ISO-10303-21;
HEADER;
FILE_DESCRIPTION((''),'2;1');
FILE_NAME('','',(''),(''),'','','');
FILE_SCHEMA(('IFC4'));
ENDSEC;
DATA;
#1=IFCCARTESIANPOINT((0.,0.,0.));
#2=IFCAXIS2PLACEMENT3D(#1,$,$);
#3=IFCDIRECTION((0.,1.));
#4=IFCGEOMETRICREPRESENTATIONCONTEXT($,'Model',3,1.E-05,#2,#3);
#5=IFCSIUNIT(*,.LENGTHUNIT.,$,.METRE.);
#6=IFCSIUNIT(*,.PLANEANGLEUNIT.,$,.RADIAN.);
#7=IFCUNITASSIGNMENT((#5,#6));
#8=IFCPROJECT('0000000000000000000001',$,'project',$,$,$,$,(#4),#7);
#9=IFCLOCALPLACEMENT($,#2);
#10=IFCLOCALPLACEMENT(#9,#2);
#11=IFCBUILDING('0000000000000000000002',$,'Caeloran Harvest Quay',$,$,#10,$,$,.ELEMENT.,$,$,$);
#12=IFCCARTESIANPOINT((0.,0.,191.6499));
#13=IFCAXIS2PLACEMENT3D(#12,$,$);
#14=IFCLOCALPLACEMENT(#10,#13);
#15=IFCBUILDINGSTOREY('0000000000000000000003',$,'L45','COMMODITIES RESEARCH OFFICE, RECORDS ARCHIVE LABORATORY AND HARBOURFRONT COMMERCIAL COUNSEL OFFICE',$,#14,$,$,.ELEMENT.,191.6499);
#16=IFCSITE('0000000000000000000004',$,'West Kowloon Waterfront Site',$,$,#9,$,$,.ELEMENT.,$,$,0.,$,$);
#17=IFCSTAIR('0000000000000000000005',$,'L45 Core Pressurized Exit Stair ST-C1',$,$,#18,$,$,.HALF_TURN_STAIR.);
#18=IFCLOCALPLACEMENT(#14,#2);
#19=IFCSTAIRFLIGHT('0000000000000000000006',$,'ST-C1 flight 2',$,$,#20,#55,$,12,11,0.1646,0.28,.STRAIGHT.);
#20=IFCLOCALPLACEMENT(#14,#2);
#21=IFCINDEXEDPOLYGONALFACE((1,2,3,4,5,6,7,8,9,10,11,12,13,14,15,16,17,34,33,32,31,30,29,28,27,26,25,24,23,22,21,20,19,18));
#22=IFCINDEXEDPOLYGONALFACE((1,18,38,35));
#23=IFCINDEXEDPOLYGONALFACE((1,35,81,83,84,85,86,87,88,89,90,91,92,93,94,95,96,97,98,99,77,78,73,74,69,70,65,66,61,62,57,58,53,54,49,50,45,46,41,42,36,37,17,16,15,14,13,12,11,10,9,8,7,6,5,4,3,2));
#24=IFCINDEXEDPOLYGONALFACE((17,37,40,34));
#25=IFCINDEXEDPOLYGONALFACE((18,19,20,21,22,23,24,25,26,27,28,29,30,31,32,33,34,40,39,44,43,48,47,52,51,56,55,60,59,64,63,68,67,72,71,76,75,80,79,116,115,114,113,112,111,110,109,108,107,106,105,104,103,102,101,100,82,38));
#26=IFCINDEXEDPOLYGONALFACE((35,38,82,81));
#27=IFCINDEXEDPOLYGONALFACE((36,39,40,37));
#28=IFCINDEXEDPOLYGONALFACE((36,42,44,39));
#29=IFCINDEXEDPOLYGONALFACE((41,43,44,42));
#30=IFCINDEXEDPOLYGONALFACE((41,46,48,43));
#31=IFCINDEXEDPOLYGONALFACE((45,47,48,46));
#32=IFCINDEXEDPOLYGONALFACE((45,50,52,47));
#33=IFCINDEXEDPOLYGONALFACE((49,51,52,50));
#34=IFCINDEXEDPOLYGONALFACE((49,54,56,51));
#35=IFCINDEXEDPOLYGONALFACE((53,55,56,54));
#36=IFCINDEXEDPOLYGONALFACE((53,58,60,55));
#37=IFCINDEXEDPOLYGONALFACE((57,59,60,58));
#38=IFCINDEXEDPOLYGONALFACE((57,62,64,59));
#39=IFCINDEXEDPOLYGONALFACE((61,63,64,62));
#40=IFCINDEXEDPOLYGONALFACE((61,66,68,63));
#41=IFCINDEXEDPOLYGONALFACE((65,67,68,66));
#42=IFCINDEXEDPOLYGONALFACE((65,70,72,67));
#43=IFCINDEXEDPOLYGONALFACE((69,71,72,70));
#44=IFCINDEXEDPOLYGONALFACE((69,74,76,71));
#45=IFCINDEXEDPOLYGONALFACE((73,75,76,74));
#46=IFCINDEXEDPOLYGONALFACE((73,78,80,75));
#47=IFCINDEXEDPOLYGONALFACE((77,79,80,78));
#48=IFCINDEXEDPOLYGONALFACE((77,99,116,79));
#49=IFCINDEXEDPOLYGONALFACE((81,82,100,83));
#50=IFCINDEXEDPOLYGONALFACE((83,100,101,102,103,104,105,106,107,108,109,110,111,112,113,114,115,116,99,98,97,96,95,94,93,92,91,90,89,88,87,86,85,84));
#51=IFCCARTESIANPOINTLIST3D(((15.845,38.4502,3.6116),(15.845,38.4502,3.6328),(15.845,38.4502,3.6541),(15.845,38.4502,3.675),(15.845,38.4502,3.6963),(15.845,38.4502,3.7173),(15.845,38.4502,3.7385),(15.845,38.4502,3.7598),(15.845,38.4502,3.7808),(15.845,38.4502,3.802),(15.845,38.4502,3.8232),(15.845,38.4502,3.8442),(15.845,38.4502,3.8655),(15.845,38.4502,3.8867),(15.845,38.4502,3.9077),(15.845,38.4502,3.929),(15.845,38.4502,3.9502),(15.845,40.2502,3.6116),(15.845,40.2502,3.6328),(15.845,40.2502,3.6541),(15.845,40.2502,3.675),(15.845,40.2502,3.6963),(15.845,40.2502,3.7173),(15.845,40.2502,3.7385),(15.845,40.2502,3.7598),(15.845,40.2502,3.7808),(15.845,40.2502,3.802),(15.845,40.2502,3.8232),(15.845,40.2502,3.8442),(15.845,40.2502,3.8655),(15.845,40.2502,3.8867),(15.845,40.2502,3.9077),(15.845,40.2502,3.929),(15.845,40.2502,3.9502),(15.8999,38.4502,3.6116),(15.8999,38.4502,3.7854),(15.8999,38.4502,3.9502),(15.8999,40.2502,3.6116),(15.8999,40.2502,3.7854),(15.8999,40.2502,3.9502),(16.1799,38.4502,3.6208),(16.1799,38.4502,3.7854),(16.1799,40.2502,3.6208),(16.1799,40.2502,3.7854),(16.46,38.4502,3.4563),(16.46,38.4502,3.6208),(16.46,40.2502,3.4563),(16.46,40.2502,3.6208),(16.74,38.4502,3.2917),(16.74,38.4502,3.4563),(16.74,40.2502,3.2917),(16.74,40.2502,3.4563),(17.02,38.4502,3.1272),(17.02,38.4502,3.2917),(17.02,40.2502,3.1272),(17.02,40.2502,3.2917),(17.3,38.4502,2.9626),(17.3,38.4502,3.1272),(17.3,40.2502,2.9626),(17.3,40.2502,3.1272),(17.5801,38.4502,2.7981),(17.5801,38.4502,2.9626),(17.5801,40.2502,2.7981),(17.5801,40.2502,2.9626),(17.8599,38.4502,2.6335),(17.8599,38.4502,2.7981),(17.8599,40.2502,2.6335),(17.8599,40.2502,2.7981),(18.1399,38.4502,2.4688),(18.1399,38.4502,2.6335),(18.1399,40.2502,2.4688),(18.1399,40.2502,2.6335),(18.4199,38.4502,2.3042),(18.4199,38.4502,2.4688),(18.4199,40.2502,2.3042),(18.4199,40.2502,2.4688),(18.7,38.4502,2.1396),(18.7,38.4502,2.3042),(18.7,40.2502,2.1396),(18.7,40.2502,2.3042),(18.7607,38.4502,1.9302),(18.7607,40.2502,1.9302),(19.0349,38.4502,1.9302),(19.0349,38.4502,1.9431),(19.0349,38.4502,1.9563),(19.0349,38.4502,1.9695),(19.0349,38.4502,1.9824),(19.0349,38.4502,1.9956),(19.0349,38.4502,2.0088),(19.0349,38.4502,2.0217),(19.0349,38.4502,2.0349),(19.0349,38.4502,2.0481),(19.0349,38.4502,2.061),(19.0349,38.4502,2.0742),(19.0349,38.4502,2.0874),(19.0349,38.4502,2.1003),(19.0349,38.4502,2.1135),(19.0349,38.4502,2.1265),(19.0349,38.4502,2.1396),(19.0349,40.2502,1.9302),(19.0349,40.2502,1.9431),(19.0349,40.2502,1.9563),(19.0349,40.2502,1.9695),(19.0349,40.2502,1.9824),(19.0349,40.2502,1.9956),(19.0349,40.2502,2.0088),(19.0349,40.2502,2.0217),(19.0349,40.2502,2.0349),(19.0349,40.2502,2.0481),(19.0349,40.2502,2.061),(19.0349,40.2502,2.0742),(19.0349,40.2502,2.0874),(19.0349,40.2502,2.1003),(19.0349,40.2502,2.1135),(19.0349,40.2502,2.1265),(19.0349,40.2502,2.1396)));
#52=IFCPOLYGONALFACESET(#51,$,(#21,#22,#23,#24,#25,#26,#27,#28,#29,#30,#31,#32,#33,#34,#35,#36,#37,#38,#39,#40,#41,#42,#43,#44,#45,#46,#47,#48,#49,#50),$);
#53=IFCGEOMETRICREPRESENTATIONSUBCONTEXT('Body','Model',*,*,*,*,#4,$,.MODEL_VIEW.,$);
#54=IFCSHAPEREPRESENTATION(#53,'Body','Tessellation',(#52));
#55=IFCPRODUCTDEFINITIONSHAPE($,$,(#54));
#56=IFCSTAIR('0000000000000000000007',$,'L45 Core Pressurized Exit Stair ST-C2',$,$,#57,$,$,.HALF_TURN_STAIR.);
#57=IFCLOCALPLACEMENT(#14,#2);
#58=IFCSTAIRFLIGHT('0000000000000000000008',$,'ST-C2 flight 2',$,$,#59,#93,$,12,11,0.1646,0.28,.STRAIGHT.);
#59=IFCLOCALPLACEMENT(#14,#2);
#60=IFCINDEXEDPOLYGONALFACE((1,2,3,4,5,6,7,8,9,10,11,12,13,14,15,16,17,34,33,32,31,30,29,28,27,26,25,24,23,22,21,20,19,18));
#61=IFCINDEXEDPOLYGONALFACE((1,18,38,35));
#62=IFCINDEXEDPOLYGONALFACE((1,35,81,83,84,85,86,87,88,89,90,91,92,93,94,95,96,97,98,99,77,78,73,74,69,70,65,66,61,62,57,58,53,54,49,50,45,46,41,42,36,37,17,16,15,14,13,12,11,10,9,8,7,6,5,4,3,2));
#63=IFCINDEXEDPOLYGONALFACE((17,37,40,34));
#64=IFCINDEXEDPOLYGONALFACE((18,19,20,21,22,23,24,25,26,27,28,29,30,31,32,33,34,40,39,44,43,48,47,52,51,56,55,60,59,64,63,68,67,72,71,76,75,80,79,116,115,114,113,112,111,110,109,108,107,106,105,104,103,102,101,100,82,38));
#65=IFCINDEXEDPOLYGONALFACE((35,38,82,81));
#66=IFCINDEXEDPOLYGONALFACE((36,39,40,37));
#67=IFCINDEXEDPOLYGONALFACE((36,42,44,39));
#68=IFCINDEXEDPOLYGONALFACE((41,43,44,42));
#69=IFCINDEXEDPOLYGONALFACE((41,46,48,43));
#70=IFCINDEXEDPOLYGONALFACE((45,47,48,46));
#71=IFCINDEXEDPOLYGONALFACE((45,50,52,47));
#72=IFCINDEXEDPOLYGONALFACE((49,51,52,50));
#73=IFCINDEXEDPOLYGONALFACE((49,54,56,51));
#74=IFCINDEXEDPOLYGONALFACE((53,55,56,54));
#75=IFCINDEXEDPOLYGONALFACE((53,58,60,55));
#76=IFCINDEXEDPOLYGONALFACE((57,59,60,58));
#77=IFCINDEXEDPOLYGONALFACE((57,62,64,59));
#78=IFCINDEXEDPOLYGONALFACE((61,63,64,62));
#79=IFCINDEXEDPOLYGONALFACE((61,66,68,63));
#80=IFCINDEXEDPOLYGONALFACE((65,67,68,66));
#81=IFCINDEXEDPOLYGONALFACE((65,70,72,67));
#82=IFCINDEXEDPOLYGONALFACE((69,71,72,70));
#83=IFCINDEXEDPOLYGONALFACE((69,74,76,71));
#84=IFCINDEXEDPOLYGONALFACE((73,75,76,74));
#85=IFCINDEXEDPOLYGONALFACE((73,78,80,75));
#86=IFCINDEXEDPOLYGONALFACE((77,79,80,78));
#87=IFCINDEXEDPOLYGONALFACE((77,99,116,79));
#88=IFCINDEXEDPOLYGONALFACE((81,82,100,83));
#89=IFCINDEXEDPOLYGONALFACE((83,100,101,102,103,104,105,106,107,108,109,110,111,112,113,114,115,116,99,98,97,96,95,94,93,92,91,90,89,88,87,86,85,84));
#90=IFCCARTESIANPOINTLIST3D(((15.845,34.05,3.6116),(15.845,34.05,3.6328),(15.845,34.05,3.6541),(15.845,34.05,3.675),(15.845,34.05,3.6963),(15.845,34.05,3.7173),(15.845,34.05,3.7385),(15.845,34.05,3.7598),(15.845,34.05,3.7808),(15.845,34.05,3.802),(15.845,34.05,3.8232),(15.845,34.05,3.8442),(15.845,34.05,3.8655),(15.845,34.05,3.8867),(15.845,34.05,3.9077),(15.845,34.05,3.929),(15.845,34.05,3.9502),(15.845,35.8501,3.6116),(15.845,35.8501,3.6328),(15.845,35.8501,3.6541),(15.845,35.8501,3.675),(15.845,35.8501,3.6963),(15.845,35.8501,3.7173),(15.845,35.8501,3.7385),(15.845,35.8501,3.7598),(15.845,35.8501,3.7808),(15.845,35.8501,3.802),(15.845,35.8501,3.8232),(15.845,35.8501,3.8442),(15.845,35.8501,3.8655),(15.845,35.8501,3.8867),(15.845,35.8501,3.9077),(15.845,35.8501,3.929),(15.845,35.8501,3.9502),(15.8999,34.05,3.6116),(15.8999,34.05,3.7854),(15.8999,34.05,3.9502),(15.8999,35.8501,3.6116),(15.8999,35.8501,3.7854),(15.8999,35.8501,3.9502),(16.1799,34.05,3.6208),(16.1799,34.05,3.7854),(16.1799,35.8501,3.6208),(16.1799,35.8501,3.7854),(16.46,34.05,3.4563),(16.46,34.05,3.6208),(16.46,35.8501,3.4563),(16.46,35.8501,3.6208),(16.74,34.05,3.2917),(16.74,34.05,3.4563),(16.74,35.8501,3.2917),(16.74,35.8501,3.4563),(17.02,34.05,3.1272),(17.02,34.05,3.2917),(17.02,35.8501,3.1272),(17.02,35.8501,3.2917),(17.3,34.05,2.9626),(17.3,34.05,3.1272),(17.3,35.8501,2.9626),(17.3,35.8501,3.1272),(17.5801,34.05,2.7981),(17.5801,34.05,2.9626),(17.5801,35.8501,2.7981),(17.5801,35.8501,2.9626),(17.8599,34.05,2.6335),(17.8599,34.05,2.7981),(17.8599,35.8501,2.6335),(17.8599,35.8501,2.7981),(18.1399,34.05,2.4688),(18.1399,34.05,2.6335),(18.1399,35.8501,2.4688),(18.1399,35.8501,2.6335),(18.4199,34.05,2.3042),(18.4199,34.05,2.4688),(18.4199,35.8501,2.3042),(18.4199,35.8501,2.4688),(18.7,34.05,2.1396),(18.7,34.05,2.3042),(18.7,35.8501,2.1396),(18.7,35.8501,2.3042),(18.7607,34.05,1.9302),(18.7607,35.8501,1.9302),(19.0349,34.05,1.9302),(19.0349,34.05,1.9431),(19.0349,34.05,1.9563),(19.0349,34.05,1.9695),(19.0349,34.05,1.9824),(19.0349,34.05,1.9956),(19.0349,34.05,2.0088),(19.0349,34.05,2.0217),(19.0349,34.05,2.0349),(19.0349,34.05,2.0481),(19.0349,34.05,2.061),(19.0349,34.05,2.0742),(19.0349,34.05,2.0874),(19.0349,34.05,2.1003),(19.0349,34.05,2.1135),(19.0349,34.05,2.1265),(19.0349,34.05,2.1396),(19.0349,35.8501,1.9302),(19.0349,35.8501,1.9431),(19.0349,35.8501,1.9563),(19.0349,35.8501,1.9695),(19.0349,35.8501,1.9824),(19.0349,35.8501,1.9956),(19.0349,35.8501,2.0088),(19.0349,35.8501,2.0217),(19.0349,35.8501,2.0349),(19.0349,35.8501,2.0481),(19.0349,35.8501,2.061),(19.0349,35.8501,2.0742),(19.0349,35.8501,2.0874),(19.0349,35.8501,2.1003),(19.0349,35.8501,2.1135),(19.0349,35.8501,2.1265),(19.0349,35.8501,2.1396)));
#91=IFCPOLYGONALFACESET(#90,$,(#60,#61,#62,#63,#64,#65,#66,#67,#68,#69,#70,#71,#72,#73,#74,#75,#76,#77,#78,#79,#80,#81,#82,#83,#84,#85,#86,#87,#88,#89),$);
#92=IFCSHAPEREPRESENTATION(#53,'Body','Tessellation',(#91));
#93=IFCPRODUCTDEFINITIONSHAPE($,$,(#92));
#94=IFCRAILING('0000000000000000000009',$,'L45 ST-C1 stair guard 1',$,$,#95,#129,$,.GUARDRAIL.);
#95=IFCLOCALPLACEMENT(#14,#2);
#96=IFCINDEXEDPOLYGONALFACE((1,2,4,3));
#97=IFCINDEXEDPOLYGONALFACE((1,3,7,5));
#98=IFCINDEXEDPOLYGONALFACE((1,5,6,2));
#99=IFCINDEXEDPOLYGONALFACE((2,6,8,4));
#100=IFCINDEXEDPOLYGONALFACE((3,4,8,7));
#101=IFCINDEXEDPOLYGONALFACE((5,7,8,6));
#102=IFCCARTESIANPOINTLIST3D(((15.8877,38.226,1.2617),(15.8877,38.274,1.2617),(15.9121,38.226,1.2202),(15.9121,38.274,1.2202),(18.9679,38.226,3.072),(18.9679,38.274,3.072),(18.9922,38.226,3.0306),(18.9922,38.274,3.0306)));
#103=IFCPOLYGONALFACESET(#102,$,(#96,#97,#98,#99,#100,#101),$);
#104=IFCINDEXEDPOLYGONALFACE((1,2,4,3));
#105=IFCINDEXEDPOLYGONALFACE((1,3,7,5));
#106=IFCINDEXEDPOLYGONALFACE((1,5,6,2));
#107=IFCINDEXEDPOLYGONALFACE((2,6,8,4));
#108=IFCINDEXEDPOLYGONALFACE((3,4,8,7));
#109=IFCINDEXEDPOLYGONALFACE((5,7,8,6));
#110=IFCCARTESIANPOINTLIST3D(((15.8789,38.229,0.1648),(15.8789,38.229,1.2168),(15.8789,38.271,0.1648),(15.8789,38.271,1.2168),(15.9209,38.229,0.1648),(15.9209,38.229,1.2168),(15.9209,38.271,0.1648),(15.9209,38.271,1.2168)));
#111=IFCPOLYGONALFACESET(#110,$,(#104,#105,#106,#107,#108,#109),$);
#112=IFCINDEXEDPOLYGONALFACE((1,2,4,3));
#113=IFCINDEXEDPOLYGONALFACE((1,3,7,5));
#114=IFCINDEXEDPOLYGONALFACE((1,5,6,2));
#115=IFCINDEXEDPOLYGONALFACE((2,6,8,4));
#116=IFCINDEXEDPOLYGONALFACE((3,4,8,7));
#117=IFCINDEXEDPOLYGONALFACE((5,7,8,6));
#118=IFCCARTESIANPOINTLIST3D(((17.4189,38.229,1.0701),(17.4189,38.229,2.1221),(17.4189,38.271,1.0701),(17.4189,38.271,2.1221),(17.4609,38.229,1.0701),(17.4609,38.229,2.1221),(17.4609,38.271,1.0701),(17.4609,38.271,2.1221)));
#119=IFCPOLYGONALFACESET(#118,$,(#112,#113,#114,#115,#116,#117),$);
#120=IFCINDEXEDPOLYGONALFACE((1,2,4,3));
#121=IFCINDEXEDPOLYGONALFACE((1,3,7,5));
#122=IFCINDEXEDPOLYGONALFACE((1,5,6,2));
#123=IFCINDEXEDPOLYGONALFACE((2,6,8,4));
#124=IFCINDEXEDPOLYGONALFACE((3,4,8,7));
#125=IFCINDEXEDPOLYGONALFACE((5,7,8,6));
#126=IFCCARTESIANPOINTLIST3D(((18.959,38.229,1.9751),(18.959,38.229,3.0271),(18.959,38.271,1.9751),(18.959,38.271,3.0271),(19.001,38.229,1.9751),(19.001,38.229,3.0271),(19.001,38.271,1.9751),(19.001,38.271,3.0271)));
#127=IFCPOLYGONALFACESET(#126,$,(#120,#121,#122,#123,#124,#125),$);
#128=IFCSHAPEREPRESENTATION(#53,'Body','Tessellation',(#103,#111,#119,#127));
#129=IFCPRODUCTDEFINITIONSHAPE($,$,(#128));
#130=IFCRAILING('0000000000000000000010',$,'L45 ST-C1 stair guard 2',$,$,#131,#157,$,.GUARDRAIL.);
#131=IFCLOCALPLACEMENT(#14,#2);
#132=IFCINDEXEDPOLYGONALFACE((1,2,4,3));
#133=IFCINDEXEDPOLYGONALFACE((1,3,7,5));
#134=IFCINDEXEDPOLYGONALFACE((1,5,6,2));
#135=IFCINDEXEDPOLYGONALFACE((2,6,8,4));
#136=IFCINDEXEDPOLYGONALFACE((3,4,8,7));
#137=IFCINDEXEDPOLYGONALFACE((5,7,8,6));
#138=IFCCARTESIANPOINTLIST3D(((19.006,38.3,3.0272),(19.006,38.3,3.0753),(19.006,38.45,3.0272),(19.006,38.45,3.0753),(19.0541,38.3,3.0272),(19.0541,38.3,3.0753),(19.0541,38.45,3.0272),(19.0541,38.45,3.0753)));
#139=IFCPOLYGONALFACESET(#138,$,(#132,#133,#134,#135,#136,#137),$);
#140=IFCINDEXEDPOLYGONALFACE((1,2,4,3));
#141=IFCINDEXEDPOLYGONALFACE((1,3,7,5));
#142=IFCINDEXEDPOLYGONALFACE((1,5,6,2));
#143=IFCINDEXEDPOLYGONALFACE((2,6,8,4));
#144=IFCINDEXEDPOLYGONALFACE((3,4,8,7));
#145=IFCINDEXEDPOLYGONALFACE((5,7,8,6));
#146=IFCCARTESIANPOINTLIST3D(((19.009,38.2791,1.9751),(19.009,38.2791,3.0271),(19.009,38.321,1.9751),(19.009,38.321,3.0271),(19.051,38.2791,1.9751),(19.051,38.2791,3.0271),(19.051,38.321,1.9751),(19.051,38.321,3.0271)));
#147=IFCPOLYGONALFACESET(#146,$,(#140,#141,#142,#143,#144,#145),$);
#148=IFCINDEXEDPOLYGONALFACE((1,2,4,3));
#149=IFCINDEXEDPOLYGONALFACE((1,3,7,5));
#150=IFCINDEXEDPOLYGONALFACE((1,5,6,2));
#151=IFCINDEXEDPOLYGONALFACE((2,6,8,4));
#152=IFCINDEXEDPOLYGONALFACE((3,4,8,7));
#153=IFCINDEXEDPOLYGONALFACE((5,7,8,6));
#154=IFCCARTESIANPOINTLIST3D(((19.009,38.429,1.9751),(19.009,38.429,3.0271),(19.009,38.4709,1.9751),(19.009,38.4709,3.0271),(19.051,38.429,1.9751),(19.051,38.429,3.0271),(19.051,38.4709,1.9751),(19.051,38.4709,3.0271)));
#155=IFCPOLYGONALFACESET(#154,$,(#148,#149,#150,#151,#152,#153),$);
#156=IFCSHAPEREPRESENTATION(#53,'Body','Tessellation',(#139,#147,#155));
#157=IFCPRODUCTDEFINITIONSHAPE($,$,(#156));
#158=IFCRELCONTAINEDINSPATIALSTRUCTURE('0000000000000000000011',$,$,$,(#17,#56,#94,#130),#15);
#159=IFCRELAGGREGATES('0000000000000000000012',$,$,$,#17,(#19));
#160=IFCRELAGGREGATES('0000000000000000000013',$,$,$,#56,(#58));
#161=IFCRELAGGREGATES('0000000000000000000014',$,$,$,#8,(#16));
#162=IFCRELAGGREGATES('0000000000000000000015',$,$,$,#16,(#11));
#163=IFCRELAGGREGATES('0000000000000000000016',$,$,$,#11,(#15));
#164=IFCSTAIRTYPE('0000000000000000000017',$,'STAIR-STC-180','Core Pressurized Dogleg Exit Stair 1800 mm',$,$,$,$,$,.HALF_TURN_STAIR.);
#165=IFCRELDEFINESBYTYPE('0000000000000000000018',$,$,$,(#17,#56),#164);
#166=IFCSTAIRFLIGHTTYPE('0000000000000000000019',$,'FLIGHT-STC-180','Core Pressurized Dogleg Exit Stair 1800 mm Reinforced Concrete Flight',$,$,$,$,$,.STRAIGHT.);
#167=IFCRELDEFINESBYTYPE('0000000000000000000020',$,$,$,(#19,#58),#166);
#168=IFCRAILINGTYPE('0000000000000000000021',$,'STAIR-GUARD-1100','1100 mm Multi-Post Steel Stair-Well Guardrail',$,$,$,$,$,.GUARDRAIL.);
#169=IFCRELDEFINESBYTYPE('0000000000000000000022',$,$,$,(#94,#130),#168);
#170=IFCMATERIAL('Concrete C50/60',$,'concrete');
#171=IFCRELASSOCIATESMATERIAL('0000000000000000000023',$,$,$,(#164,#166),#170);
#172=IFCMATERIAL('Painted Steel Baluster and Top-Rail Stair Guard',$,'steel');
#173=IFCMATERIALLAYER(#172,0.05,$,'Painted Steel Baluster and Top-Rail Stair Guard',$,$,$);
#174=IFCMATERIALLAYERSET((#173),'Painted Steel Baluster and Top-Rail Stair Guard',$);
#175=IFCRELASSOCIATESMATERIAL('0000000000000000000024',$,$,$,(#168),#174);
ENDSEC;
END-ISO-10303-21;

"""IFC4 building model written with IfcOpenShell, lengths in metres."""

from ifc_helpers import new_model, si_unit, direction, frame, origin, origin_2d, place, context, subcontext, project, spatial, polyline, rectangle, outline, extrude, material, layer, layer_set, type_object, element, aggregate, save


model = new_model("IFC4")

# Units and contexts
model_context = context("Model", 3, precision=1e-05, world=origin(), true_north=direction((0.0, 1.0)))
body_context = subcontext(model_context, "Body", "Model", "MODEL_VIEW")
ifc_project = project(units=[si_unit("LENGTHUNIT", "METRE"), si_unit("PLANEANGLEUNIT", "RADIAN")], contexts=[model_context])

# Site, building, storey
site_placement = place(None, origin())
site = spatial("IfcSite", under=ifc_project, at=site_placement, Name="West Kowloon Waterfront Site", CompositionType="ELEMENT", RefElevation=0.0)
building_placement = place(site_placement, origin())
building = spatial("IfcBuilding", under=site, at=building_placement, Name="Caeloran Harvest Quay", CompositionType="ELEMENT")
storey_placement = place(building_placement, frame((0.0, 0.0, 191.6499)))
storey = spatial("IfcBuildingStorey", under=building, at=storey_placement, Name="L45", Description="COMMODITIES RESEARCH OFFICE, RECORDS ARCHIVE LABORATORY AND HARBOURFRONT COMMERCIAL COUNSEL OFFICE", CompositionType="ELEMENT", Elevation=191.6499)

# Shared definitions
ifc_material_1 = material(Name="Concrete C50/60", Category="concrete")

# Stair, stair flight
stair_type = type_object("IfcStairType", Name="STAIR-STC-180", Description="Core Pressurized Dogleg Exit Stair 1800 mm", PredefinedType="HALF_TURN_STAIR", material=ifc_material_1)
stair_1_placement = place(storey_placement, origin())
stair_1 = element("IfcStair", 1, at=stair_1_placement, inside=storey, type_object=stair_type, Name="L45 Core Pressurized Exit Stair ST-C1", PredefinedType="HALF_TURN_STAIR")
stair_flight_type = type_object("IfcStairFlightType", Name="FLIGHT-STC-180", Description="Core Pressurized Dogleg Exit Stair 1800 mm Reinforced Concrete Flight", PredefinedType="STRAIGHT", material=ifc_material_1)
stair_flight_1_placement = place(storey_placement, frame((18.98, 39.3501, 1.9751), z_axis=(0.0, 0.0, 1.0), x_axis=(-1.0, 0.0, 0.0)))
stair_flight_1 = element("IfcStairFlight", 2, at=stair_flight_1_placement, type_object=stair_flight_type, Name="ST-C1 flight 2", NumberOfRisers=12, NumberOfTreads=11, PredefinedType="STRAIGHT", RiserHeight=0.1646, TreadLength=0.28, context=body_context, shape_type="SweptSolid", body=[
    extrude(outline(polyline([(-0.0549, -0.0449), (-0.0549, -0.032), (-0.0549, -0.0188), (-0.0549, -0.0056), (-0.0549, 0.0073), (-0.0549, 0.0205), (-0.0549, 0.0337), (-0.0549, 0.0466), (-0.0549, 0.0598), (-0.0549, 0.073), (-0.0549, 0.0859), (-0.0549, 0.0991), (-0.0549, 0.1123), (-0.0549, 0.1252), (-0.0549, 0.1384), (-0.0549, 0.1514), (-0.0549, 0.1646), (0.28, 0.1646), (0.28, 0.3291), (0.5601, 0.3291), (0.5601, 0.4937), (0.8401, 0.4937), (0.8401, 0.6584), (1.1201, 0.6584), (1.1201, 0.823), (1.3999, 0.823), (1.3999, 0.9875), (1.6799, 0.9875), (1.6799, 1.1521), (1.96, 1.1521), (1.96, 1.3167), (2.24, 1.3167), (2.24, 1.4812), (2.52, 1.4812), (2.52, 1.6458), (2.8, 1.6458), (2.8, 1.8103), (3.0801, 1.8103), (3.0801, 1.9751), (3.135, 1.9751), (3.135, 1.9539), (3.135, 1.9326), (3.135, 1.9116), (3.135, 1.8904), (3.135, 1.8691), (3.135, 1.8481), (3.135, 1.8269), (3.135, 1.8057), (3.135, 1.7847), (3.135, 1.7634), (3.135, 1.7422), (3.135, 1.7212), (3.135, 1.7), (3.135, 1.679), (3.135, 1.6577), (3.135, 1.6365), (3.0801, 1.6365), (0.2192, -0.0449), (-0.0549, -0.0449)])), frame((0.0, 0.8999, 0.0), z_axis=(0.0, -1.0, 0.0), x_axis=(1.0, 0.0, 0.0)), (0.0, 0.0, 1.0), 1.8),
])
aggregate(stair_1, [stair_flight_1])

# Stair, stair flight
stair_2_placement = place(storey_placement, origin())
stair_2 = element("IfcStair", 3, at=stair_2_placement, inside=storey, type_object=stair_type, Name="L45 Core Pressurized Exit Stair ST-C2", PredefinedType="HALF_TURN_STAIR")
stair_flight_2_placement = place(storey_placement, frame((18.98, 34.95, 1.9751), z_axis=(0.0, 0.0, 1.0), x_axis=(-1.0, 0.0, 0.0)))
stair_flight_2 = element("IfcStairFlight", 4, at=stair_flight_2_placement, type_object=stair_flight_type, Name="ST-C2 flight 2", NumberOfRisers=12, NumberOfTreads=11, PredefinedType="STRAIGHT", RiserHeight=0.1646, TreadLength=0.28, context=body_context, shape_type="SweptSolid", body=[
    extrude(outline(polyline([(-0.0549, -0.0449), (-0.0549, -0.032), (-0.0549, -0.0188), (-0.0549, -0.0056), (-0.0549, 0.0073), (-0.0549, 0.0205), (-0.0549, 0.0337), (-0.0549, 0.0466), (-0.0549, 0.0598), (-0.0549, 0.073), (-0.0549, 0.0859), (-0.0549, 0.0991), (-0.0549, 0.1123), (-0.0549, 0.1252), (-0.0549, 0.1384), (-0.0549, 0.1514), (-0.0549, 0.1646), (0.28, 0.1646), (0.28, 0.3291), (0.5601, 0.3291), (0.5601, 0.4937), (0.8401, 0.4937), (0.8401, 0.6584), (1.1201, 0.6584), (1.1201, 0.823), (1.3999, 0.823), (1.3999, 0.9875), (1.6799, 0.9875), (1.6799, 1.1521), (1.96, 1.1521), (1.96, 1.3167), (2.24, 1.3167), (2.24, 1.4812), (2.52, 1.4812), (2.52, 1.6458), (2.8, 1.6458), (2.8, 1.8103), (3.0801, 1.8103), (3.0801, 1.9751), (3.135, 1.9751), (3.135, 1.9539), (3.135, 1.9326), (3.135, 1.9116), (3.135, 1.8904), (3.135, 1.8691), (3.135, 1.8481), (3.135, 1.8269), (3.135, 1.8057), (3.135, 1.7847), (3.135, 1.7634), (3.135, 1.7422), (3.135, 1.7212), (3.135, 1.7), (3.135, 1.679), (3.135, 1.6577), (3.135, 1.6365), (3.0801, 1.6365), (0.2192, -0.0449), (-0.0549, -0.0449)])), frame((0.0, 0.8999, 0.0), z_axis=(0.0, -1.0, 0.0), x_axis=(1.0, 0.0, 0.0)), (0.0, 0.0, 1.0), 1.8),
])
aggregate(stair_2, [stair_flight_2])

# Railings
ifc_material_2 = material(Name="Painted Steel Baluster and Top-Rail Stair Guard", Category="steel")
ifc_layer_1 = layer(ifc_material_2, 0.05, Name="Painted Steel Baluster and Top-Rail Stair Guard")
ifc_layer_set_1 = layer_set([ifc_layer_1], Name="Painted Steel Baluster and Top-Rail Stair Guard")
railing_type_1 = type_object("IfcRailingType", Name="STAIR-GUARD-1100", Description="1100 mm Multi-Post Steel Stair-Well Guardrail", PredefinedType="GUARDRAIL", material=ifc_layer_set_1)
railing_1_placement = place(storey_placement, frame((15.8999, 38.25, 0.1648)))
element("IfcRailing", 5, at=railing_1_placement, inside=storey, type_object=railing_type_1, Name="L45 ST-C1 stair guard 1", PredefinedType="GUARDRAIL", context=body_context, shape_type="SweptSolid", body=[
    extrude(rectangle(XDim=0.0481, YDim=0.0481, at=origin_2d()), frame((0.0, 0.0, 1.0762), z_axis=(0.862119, 0.0, 0.506707), x_axis=(0.0, 1.0, 0.0)), (0.0, 0.0, 1.0), 3.5728),
    extrude(rectangle(XDim=0.042, YDim=0.042, at=origin_2d()), origin(), (0.0, 0.0, 1.0), 1.052),
    extrude(rectangle(XDim=0.042, YDim=0.042, at=origin_2d()), frame((1.54, 0.0, 0.9053)), (0.0, 0.0, 1.0), 1.052),
    extrude(rectangle(XDim=0.042, YDim=0.042, at=origin_2d()), frame((3.0801, 0.0, 1.8103)), (0.0, 0.0, 1.0), 1.052),
])
railing_2_placement = place(storey_placement, frame((19.03, 38.3, 1.9751)))
element("IfcRailing", 6, at=railing_2_placement, inside=storey, type_object=railing_type_1, Name="L45 ST-C1 stair guard 2", PredefinedType="GUARDRAIL", context=body_context, shape_type="SweptSolid", body=[
    extrude(rectangle(XDim=0.0481, YDim=0.0481, at=origin_2d()), frame((0.0, 0.0, 1.0762), z_axis=(0.0, 1.0, 0.0), x_axis=(-1.0, 0.0, 0.0)), (0.0, 0.0, 1.0), 0.1499),
    extrude(rectangle(XDim=0.042, YDim=0.042, at=origin_2d()), origin(), (0.0, 0.0, 1.0), 1.052),
    extrude(rectangle(XDim=0.042, YDim=0.042, at=origin_2d()), frame((0.0, 0.1499, 0.0)), (0.0, 0.0, 1.0), 1.052),
])

save(model, "model.ifc")
